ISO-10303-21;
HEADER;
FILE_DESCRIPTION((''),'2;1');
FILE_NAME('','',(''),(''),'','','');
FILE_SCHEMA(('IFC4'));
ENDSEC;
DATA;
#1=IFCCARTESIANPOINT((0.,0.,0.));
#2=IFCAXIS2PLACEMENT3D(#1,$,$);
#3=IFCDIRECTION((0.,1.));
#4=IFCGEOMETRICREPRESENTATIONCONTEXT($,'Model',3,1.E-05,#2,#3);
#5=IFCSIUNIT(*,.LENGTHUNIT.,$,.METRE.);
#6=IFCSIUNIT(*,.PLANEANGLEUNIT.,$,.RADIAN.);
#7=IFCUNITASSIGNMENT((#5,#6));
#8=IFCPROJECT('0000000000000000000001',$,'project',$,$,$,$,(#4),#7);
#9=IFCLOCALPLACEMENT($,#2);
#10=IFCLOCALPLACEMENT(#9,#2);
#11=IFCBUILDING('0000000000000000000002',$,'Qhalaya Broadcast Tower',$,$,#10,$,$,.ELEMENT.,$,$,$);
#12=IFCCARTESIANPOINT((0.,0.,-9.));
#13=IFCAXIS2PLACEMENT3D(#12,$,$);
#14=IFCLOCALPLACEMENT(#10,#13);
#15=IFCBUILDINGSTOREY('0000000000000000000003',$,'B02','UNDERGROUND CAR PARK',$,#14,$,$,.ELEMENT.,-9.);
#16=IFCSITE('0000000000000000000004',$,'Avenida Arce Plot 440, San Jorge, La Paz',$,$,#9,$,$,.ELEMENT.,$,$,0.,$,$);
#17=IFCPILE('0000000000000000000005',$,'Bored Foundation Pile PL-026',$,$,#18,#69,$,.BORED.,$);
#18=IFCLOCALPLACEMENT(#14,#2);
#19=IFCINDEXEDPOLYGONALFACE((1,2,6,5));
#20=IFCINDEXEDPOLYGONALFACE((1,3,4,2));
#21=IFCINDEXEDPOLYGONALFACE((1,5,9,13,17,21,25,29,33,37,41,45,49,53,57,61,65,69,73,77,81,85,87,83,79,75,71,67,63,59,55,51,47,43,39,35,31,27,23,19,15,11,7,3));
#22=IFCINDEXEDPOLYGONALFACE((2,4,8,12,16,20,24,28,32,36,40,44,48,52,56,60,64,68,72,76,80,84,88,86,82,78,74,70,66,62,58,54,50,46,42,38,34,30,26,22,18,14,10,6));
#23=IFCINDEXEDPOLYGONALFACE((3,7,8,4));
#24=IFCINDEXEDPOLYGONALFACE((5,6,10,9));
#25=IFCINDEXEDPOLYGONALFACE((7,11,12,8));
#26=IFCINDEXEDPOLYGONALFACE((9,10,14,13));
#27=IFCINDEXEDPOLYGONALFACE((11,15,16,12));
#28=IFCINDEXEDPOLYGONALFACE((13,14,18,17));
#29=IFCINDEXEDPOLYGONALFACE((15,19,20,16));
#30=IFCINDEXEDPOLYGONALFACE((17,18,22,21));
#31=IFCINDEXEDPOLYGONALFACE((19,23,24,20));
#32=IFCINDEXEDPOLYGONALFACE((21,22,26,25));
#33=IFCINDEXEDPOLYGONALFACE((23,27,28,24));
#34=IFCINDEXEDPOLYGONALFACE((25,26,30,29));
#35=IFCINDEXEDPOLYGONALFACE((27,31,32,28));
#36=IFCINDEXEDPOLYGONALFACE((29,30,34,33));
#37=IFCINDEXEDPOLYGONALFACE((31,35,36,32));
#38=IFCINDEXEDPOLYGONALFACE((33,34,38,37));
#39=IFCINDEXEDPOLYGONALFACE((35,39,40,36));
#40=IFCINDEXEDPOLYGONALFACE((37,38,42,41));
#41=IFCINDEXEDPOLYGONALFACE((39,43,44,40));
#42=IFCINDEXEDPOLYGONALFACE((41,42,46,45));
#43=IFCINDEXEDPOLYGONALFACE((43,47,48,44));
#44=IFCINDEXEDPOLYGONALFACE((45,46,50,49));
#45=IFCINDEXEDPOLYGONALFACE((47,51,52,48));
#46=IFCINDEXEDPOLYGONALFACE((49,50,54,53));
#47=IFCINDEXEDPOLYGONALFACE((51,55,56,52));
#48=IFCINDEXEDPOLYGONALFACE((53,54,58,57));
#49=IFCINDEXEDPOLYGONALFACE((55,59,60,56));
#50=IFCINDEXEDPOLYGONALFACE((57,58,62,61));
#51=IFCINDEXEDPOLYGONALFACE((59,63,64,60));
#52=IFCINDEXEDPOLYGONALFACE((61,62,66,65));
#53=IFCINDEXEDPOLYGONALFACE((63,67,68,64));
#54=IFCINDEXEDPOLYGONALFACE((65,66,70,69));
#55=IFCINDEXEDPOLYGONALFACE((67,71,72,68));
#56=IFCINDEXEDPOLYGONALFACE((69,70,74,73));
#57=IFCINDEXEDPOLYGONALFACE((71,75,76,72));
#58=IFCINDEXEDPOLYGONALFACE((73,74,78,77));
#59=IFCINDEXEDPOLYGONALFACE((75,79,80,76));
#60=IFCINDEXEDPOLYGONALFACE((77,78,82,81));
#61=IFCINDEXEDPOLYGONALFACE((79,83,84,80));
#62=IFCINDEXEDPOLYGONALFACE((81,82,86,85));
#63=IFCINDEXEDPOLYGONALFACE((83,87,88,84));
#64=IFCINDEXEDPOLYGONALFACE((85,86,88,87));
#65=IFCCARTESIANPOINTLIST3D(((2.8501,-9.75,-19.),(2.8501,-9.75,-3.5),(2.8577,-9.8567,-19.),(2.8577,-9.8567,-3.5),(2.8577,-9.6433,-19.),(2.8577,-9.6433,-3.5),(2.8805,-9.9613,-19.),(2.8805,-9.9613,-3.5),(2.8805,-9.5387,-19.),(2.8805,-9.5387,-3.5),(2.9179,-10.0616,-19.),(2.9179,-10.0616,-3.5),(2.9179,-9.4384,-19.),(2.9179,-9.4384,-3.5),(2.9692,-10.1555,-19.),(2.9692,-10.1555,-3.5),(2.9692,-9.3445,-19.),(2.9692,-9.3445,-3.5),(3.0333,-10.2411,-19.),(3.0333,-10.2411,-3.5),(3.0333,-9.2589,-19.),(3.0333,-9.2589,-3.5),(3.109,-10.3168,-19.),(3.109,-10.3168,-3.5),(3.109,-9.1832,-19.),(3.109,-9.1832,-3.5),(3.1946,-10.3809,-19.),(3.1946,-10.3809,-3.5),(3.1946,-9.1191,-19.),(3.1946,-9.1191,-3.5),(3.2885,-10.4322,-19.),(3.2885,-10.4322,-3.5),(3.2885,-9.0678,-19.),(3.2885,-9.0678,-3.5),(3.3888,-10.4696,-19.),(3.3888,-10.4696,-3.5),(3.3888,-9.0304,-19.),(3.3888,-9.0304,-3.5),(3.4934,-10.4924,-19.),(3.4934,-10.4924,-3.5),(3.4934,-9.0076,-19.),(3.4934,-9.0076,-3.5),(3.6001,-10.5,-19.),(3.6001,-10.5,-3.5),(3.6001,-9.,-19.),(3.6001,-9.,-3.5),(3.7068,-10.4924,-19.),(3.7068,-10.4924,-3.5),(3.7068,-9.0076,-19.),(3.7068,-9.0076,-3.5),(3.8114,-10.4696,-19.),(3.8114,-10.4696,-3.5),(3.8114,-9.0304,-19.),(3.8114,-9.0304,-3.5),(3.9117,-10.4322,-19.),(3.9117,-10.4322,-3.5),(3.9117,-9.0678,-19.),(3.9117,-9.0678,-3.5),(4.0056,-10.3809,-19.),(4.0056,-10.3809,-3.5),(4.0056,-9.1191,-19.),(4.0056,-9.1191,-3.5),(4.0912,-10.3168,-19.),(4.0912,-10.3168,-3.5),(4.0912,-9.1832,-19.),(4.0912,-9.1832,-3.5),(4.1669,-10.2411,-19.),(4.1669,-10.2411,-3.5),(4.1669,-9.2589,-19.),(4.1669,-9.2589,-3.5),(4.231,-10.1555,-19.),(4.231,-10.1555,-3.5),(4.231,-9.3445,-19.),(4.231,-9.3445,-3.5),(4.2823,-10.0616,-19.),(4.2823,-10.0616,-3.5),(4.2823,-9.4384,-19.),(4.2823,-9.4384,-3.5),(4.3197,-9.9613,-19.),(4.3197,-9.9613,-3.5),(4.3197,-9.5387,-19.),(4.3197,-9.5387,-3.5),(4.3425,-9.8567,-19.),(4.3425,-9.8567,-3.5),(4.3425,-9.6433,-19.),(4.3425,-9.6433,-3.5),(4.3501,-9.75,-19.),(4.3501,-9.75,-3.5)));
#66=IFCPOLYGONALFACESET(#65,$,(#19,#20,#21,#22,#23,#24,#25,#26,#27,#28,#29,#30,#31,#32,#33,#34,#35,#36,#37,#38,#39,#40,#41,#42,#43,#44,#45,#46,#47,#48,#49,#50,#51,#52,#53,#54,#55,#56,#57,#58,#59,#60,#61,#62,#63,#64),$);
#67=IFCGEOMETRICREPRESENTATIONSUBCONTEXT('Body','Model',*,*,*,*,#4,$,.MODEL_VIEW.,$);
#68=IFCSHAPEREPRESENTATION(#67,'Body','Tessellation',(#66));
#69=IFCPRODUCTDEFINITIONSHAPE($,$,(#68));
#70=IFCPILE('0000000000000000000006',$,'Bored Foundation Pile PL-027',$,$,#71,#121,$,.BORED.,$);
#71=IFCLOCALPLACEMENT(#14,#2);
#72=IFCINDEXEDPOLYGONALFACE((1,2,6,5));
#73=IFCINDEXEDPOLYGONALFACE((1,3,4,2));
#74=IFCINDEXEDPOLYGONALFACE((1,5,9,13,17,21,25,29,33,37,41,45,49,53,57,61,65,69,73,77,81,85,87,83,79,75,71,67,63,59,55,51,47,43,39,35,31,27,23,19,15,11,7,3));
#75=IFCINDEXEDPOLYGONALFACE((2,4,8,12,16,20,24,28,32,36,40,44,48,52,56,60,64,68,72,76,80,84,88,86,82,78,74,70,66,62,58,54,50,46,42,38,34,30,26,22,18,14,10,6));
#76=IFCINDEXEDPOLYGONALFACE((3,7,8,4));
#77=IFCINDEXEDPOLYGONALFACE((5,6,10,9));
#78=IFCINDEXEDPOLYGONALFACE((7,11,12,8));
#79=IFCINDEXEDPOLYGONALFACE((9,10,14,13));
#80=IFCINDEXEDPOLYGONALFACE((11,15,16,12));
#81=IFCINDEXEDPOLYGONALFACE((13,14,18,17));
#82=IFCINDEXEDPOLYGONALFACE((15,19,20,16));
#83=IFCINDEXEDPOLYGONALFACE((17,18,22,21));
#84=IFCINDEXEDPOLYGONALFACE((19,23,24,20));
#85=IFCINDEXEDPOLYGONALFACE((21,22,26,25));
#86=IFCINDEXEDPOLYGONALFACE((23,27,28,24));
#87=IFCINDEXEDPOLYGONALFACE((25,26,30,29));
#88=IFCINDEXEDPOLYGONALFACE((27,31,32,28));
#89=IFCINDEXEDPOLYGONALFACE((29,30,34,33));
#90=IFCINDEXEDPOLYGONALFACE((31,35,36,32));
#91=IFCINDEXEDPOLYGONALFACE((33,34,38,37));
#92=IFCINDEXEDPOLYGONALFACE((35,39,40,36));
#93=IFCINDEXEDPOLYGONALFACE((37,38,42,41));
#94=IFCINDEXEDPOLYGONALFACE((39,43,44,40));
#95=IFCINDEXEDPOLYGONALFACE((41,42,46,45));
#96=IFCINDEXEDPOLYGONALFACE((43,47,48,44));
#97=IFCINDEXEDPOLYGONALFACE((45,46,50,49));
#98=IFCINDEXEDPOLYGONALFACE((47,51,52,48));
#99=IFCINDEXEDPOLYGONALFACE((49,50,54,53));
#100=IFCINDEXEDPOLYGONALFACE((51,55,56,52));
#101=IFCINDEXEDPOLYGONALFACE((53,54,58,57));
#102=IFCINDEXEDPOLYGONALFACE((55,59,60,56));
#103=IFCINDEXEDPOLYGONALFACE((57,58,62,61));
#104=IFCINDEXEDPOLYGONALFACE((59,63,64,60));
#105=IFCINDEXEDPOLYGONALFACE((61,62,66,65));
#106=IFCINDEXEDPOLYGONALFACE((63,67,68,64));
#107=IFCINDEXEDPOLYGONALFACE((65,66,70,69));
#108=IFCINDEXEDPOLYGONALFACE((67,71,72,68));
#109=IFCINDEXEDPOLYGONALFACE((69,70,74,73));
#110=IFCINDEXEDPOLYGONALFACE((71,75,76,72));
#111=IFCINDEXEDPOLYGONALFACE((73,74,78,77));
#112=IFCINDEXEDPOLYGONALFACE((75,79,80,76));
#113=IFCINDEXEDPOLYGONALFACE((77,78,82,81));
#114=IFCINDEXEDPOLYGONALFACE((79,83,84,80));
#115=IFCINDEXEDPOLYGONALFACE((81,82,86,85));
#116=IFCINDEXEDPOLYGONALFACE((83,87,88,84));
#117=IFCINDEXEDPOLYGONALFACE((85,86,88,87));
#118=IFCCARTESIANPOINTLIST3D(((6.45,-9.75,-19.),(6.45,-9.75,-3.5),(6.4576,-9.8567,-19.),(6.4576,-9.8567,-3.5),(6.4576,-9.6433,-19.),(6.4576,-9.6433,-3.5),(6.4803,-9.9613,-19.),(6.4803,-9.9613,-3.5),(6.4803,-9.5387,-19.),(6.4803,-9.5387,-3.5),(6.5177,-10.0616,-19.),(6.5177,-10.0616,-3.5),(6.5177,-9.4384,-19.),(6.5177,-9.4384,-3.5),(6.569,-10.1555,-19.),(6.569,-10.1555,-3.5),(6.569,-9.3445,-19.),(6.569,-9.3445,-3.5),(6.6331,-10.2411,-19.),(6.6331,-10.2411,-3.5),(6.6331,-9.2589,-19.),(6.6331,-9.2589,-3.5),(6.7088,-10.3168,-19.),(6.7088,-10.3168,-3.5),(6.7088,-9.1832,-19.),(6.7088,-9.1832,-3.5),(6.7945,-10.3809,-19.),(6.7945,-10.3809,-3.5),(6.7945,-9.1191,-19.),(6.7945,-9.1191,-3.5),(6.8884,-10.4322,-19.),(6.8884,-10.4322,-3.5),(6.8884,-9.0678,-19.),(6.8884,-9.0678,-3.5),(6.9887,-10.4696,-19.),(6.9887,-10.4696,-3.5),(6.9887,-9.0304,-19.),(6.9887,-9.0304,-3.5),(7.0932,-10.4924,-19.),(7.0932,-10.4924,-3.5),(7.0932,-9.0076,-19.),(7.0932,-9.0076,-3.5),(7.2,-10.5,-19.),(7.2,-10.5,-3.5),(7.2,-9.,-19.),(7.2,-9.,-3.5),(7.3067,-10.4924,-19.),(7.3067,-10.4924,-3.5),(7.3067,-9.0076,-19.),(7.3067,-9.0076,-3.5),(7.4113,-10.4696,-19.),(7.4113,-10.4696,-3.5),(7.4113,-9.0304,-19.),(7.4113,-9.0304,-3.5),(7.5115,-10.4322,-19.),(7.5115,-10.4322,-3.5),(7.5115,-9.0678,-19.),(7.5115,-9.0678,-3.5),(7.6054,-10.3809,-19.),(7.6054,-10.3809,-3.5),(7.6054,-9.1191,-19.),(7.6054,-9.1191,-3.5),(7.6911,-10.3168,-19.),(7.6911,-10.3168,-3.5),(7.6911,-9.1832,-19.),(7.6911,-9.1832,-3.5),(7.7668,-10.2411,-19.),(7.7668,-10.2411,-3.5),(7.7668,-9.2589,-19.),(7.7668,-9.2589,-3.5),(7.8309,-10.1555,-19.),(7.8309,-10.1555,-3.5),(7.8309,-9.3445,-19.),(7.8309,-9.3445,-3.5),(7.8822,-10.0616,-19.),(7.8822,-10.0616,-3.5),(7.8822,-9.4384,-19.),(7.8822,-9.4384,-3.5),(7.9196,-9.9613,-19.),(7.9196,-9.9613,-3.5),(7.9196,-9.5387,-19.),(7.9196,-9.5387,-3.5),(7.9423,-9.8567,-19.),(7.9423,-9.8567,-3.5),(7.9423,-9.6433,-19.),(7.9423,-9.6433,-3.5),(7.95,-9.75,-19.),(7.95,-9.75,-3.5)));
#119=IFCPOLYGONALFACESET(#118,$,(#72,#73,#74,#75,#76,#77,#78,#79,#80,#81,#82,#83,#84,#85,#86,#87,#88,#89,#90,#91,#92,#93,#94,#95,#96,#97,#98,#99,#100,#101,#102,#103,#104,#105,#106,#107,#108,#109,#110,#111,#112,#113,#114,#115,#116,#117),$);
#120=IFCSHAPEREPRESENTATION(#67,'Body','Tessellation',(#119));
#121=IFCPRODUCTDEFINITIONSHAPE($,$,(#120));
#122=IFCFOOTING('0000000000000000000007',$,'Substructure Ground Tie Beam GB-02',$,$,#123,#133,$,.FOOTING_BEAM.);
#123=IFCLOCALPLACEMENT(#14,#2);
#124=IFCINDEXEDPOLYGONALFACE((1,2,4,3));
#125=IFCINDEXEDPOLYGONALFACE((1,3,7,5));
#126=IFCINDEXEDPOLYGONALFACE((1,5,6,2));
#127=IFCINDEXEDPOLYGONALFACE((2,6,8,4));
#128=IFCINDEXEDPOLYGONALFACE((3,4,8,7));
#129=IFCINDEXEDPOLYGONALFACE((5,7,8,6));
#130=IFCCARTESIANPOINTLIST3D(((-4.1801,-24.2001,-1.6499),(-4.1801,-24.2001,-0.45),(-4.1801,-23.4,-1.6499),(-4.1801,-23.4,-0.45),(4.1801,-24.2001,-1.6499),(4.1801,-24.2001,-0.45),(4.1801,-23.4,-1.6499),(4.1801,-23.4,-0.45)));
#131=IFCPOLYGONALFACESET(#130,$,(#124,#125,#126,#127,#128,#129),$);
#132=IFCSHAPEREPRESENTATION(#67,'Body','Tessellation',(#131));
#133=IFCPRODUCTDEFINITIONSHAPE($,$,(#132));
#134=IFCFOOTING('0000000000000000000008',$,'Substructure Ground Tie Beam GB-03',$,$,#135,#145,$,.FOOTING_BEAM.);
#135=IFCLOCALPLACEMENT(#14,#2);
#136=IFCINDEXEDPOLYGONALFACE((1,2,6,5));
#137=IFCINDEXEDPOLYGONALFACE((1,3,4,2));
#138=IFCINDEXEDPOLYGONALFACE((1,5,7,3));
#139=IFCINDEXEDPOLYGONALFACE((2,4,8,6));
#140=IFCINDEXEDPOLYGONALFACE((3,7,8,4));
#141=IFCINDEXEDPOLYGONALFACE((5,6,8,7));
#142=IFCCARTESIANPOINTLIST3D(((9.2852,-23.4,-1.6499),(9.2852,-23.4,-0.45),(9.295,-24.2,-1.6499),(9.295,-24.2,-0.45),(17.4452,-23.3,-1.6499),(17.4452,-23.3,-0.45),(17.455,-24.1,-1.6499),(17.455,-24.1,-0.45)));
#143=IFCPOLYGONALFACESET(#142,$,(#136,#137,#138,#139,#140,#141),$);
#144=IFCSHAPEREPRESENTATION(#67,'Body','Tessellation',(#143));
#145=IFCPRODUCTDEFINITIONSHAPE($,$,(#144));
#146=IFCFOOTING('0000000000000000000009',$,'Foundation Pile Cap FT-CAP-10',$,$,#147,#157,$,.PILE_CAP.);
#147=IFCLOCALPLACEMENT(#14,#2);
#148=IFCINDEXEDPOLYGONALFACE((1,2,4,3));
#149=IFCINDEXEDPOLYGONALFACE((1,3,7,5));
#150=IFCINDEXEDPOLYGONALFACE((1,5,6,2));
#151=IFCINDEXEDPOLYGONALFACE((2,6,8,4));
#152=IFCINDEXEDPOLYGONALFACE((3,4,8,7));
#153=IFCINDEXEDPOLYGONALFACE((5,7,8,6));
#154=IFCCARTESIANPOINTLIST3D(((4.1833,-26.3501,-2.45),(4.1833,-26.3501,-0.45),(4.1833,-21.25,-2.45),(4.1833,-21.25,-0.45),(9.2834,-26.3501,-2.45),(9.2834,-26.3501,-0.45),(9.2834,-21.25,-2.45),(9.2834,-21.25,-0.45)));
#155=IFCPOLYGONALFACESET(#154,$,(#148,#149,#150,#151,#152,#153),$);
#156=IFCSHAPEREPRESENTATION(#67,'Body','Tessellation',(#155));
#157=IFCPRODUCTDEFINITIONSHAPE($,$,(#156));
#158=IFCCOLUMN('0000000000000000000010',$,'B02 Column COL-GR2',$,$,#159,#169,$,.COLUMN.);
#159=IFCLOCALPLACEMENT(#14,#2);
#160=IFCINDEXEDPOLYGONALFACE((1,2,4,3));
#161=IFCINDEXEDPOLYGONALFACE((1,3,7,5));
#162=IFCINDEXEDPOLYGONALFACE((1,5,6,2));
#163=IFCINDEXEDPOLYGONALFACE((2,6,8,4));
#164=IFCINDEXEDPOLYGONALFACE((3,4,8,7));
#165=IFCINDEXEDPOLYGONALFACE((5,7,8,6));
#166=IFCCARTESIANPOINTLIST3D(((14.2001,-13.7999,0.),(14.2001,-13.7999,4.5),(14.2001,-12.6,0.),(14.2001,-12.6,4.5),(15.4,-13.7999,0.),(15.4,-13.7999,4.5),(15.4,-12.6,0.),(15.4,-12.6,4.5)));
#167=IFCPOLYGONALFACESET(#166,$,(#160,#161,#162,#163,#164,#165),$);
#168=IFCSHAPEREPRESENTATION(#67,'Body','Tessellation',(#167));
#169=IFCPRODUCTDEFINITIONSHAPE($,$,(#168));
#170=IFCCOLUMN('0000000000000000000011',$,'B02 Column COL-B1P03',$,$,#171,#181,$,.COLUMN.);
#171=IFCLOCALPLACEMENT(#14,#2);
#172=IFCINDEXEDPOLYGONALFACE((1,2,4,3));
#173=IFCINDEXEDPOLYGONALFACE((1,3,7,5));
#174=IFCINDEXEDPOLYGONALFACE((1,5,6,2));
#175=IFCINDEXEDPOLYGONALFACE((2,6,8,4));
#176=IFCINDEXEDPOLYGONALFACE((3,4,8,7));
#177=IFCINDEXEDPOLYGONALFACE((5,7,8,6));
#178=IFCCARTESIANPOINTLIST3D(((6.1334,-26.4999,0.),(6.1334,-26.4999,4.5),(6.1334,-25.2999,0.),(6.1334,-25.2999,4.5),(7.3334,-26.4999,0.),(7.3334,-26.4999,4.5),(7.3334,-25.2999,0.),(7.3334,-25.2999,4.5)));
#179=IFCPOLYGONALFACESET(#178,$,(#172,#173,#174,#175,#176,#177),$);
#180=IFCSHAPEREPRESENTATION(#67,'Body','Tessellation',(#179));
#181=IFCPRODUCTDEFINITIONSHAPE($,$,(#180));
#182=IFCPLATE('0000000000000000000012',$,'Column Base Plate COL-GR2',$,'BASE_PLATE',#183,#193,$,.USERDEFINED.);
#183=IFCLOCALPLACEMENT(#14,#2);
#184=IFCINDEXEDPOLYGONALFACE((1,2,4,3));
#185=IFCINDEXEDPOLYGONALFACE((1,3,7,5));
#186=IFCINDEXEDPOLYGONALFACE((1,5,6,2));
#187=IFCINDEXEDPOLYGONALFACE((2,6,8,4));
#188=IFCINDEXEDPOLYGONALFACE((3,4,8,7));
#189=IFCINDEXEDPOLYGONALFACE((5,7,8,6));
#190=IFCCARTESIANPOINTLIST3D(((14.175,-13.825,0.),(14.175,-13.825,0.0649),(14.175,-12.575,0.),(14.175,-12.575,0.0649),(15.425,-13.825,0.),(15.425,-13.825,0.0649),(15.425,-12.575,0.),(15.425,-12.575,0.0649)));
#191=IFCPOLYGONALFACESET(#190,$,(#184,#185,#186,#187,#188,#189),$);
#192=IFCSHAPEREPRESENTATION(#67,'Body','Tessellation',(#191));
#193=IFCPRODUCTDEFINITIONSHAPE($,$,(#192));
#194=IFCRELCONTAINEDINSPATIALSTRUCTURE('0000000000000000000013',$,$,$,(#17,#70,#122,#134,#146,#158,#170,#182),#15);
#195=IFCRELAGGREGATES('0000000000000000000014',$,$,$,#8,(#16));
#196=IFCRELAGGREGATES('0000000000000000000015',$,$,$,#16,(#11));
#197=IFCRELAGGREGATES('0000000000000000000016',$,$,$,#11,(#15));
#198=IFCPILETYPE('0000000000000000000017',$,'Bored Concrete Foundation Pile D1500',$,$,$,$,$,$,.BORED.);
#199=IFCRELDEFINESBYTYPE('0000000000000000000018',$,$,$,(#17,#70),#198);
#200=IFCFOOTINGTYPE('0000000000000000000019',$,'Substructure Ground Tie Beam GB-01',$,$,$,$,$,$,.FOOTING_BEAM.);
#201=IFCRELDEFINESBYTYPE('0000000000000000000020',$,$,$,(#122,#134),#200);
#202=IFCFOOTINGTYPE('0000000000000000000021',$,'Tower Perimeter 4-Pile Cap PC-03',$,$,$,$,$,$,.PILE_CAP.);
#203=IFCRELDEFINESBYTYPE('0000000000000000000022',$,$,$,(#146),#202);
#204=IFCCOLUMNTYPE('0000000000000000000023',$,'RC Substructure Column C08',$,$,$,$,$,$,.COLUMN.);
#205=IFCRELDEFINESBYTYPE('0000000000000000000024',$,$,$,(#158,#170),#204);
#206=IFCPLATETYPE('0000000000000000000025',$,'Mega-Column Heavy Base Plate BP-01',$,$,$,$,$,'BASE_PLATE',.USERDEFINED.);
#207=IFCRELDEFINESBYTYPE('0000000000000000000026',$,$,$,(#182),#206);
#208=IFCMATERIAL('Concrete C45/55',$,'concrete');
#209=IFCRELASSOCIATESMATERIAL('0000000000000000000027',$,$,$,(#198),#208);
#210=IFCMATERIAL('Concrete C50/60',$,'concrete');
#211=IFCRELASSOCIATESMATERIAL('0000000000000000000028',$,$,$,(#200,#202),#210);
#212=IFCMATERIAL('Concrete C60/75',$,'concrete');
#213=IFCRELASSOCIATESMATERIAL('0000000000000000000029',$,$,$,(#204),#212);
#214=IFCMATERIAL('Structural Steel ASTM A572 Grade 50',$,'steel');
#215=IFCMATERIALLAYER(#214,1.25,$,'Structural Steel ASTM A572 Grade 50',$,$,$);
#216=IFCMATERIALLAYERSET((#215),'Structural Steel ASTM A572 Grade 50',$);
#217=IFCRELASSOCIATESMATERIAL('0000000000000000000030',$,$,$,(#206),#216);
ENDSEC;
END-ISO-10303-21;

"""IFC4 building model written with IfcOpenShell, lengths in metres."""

from ifc_helpers import new_model, si_unit, direction, frame, origin, origin_2d, place, context, subcontext, project, spatial, rectangle, circle, extrude, material, layer, layer_set, material_profile, profile_set, type_object, element, save


model = new_model("IFC4")

# Units and contexts
model_context = context("Model", 3, precision=1e-05, world=origin(), true_north=direction((0.0, 1.0)))
body_context = subcontext(model_context, "Body", "Model", "MODEL_VIEW")
ifc_project = project(units=[si_unit("LENGTHUNIT", "METRE"), si_unit("PLANEANGLEUNIT", "RADIAN")], contexts=[model_context])

# Site, building, storey
site_placement = place(None, origin())
site = spatial("IfcSite", under=ifc_project, at=site_placement, Name="Avenida Arce Plot 440, San Jorge, La Paz", CompositionType="ELEMENT", RefElevation=0.0)
building_placement = place(site_placement, origin())
building = spatial("IfcBuilding", under=site, at=building_placement, Name="Qhalaya Broadcast Tower", CompositionType="ELEMENT")
storey_placement = place(building_placement, frame((0.0, 0.0, -9.0)))
storey = spatial("IfcBuildingStorey", under=building, at=storey_placement, Name="B02", Description="UNDERGROUND CAR PARK", CompositionType="ELEMENT", Elevation=-9.0)

# Piles
ifc_material_1 = material(Name="Concrete C45/55", Category="concrete")
ifc_material_profile_1 = material_profile(ifc_material_1, circle(Radius=0.75, at=origin_2d()), Name="PILE D1500")
ifc_profile_set_1 = profile_set([ifc_material_profile_1], Name="Concrete C45/55")
pile_type_1 = type_object("IfcPileType", Name="Bored Concrete Foundation Pile D1500", PredefinedType="BORED", material=ifc_profile_set_1)
for number, where, z_axis, x_axis, name in (
    (1, (3.6001, -9.75, -3.5), (0.0, 0.0, -1.0), (1.0, 0.0, 0.0), "Bored Foundation Pile PL-026"),
    (2, (7.2, -9.75, -3.5), (0.0, 0.0, -1.0), (1.0, 0.0, 0.0), "Bored Foundation Pile PL-027"),
):
    element("IfcPile", number, at=place(storey_placement, frame(where, z_axis=z_axis, x_axis=x_axis)), inside=storey, type_object=pile_type_1, Name=name, PredefinedType="BORED", context=body_context, shape_type="SweptSolid", body=[
        extrude(circle(Radius=0.75, at=origin_2d()), origin(), (0.0, 0.0, 1.0), 15.5),
    ])

# Footings
ifc_material_2 = material(Name="Concrete C50/60", Category="concrete")
footing_type_1 = type_object("IfcFootingType", Name="Substructure Ground Tie Beam GB-01", PredefinedType="FOOTING_BEAM", material=ifc_material_2)
footing_1_placement = place(storey_placement, frame((0.0, -23.8, -1.6499), z_axis=(0.0, 0.0, 1.0), x_axis=(1.0, 0.0, 0.0)))
element("IfcFooting", 3, at=footing_1_placement, inside=storey, type_object=footing_type_1, Name="Substructure Ground Tie Beam GB-02", PredefinedType="FOOTING_BEAM", context=body_context, shape_type="SweptSolid", body=[
    extrude(rectangle(XDim=8.3601, YDim=0.8, at=origin_2d()), origin(), (0.0, 0.0, 1.0), 1.2),
])
footing_2_placement = place(storey_placement, frame((13.3701, -23.75, -1.6499), z_axis=(0.0, 0.0, 1.0), x_axis=(0.999925, 0.012254, 0.0)))
element("IfcFooting", 4, at=footing_2_placement, inside=storey, type_object=footing_type_1, Name="Substructure Ground Tie Beam GB-03", PredefinedType="FOOTING_BEAM", context=body_context, shape_type="SweptSolid", body=[
    extrude(rectangle(XDim=8.1606, YDim=0.8, at=origin_2d()), origin(), (0.0, 0.0, 1.0), 1.2),
])
footing_type_2 = type_object("IfcFootingType", Name="Tower Perimeter 4-Pile Cap PC-03", PredefinedType="PILE_CAP", material=ifc_material_2)
footing_3_placement = place(storey_placement, frame((6.7334, -23.8, -2.45), z_axis=(0.0, 0.0, 1.0), x_axis=(1.0, 0.0, 0.0)))
element("IfcFooting", 5, at=footing_3_placement, inside=storey, type_object=footing_type_2, Name="Foundation Pile Cap FT-CAP-10", PredefinedType="PILE_CAP", context=body_context, shape_type="SweptSolid", body=[
    extrude(rectangle(XDim=5.1001, YDim=5.1001, at=origin_2d()), origin(), (0.0, 0.0, 1.0), 2.0),
])

# Columns
ifc_material_3 = material(Name="Concrete C60/75", Category="concrete")
ifc_material_profile_2 = material_profile(ifc_material_3, rectangle(XDim=1.2, YDim=1.2, at=origin_2d()), Name="RC-COL 1200x1200")
ifc_profile_set_2 = profile_set([ifc_material_profile_2], Name="Concrete C60/75")
column_type = type_object("IfcColumnType", Name="RC Substructure Column C08", PredefinedType="COLUMN", material=ifc_profile_set_2)
for number, where, z_axis, x_axis, name in (
    (6, (14.8, -13.2, 0.0), (0.0, 0.0, 1.0), (1.0, 0.0, 0.0), "B02 Column COL-GR2"),
    (7, (6.7334, -25.8999, 0.0), (0.0, 0.0, 1.0), (1.0, 0.0, 0.0), "B02 Column COL-B1P03"),
):
    element("IfcColumn", number, at=place(storey_placement, frame(where, z_axis=z_axis, x_axis=x_axis)), inside=storey, type_object=column_type, Name=name, PredefinedType="COLUMN", context=body_context, shape_type="SweptSolid", body=[
        extrude(rectangle(XDim=1.2, YDim=1.2, at=origin_2d()), origin(), (0.0, 0.0, 1.0), 4.5),
    ])

# Plate
ifc_material_4 = material(Name="Structural Steel ASTM A572 Grade 50", Category="steel")
ifc_layer = layer(ifc_material_4, 1.25, Name="Structural Steel ASTM A572 Grade 50")
ifc_layer_set = layer_set([ifc_layer], Name="Structural Steel ASTM A572 Grade 50")
plate_type = type_object("IfcPlateType", Name="Mega-Column Heavy Base Plate BP-01", ElementType="BASE_PLATE", PredefinedType="USERDEFINED", material=ifc_layer_set)
for number, where, z_axis, x_axis, name in (
    (8, (14.8, -13.2, 0.0), (0.0, 0.0, 1.0), (1.0, 0.0, 0.0), "Column Base Plate COL-GR2"),
):
    element("IfcPlate", number, at=place(storey_placement, frame(where, z_axis=z_axis, x_axis=x_axis)), inside=storey, type_object=plate_type, Name=name, ObjectType="BASE_PLATE", PredefinedType="USERDEFINED", context=body_context, shape_type="SweptSolid", body=[
        extrude(rectangle(XDim=1.25, YDim=1.25, at=origin_2d()), origin(), (0.0, 0.0, 1.0), 0.0649),
    ])

save(model, "model.ifc")
